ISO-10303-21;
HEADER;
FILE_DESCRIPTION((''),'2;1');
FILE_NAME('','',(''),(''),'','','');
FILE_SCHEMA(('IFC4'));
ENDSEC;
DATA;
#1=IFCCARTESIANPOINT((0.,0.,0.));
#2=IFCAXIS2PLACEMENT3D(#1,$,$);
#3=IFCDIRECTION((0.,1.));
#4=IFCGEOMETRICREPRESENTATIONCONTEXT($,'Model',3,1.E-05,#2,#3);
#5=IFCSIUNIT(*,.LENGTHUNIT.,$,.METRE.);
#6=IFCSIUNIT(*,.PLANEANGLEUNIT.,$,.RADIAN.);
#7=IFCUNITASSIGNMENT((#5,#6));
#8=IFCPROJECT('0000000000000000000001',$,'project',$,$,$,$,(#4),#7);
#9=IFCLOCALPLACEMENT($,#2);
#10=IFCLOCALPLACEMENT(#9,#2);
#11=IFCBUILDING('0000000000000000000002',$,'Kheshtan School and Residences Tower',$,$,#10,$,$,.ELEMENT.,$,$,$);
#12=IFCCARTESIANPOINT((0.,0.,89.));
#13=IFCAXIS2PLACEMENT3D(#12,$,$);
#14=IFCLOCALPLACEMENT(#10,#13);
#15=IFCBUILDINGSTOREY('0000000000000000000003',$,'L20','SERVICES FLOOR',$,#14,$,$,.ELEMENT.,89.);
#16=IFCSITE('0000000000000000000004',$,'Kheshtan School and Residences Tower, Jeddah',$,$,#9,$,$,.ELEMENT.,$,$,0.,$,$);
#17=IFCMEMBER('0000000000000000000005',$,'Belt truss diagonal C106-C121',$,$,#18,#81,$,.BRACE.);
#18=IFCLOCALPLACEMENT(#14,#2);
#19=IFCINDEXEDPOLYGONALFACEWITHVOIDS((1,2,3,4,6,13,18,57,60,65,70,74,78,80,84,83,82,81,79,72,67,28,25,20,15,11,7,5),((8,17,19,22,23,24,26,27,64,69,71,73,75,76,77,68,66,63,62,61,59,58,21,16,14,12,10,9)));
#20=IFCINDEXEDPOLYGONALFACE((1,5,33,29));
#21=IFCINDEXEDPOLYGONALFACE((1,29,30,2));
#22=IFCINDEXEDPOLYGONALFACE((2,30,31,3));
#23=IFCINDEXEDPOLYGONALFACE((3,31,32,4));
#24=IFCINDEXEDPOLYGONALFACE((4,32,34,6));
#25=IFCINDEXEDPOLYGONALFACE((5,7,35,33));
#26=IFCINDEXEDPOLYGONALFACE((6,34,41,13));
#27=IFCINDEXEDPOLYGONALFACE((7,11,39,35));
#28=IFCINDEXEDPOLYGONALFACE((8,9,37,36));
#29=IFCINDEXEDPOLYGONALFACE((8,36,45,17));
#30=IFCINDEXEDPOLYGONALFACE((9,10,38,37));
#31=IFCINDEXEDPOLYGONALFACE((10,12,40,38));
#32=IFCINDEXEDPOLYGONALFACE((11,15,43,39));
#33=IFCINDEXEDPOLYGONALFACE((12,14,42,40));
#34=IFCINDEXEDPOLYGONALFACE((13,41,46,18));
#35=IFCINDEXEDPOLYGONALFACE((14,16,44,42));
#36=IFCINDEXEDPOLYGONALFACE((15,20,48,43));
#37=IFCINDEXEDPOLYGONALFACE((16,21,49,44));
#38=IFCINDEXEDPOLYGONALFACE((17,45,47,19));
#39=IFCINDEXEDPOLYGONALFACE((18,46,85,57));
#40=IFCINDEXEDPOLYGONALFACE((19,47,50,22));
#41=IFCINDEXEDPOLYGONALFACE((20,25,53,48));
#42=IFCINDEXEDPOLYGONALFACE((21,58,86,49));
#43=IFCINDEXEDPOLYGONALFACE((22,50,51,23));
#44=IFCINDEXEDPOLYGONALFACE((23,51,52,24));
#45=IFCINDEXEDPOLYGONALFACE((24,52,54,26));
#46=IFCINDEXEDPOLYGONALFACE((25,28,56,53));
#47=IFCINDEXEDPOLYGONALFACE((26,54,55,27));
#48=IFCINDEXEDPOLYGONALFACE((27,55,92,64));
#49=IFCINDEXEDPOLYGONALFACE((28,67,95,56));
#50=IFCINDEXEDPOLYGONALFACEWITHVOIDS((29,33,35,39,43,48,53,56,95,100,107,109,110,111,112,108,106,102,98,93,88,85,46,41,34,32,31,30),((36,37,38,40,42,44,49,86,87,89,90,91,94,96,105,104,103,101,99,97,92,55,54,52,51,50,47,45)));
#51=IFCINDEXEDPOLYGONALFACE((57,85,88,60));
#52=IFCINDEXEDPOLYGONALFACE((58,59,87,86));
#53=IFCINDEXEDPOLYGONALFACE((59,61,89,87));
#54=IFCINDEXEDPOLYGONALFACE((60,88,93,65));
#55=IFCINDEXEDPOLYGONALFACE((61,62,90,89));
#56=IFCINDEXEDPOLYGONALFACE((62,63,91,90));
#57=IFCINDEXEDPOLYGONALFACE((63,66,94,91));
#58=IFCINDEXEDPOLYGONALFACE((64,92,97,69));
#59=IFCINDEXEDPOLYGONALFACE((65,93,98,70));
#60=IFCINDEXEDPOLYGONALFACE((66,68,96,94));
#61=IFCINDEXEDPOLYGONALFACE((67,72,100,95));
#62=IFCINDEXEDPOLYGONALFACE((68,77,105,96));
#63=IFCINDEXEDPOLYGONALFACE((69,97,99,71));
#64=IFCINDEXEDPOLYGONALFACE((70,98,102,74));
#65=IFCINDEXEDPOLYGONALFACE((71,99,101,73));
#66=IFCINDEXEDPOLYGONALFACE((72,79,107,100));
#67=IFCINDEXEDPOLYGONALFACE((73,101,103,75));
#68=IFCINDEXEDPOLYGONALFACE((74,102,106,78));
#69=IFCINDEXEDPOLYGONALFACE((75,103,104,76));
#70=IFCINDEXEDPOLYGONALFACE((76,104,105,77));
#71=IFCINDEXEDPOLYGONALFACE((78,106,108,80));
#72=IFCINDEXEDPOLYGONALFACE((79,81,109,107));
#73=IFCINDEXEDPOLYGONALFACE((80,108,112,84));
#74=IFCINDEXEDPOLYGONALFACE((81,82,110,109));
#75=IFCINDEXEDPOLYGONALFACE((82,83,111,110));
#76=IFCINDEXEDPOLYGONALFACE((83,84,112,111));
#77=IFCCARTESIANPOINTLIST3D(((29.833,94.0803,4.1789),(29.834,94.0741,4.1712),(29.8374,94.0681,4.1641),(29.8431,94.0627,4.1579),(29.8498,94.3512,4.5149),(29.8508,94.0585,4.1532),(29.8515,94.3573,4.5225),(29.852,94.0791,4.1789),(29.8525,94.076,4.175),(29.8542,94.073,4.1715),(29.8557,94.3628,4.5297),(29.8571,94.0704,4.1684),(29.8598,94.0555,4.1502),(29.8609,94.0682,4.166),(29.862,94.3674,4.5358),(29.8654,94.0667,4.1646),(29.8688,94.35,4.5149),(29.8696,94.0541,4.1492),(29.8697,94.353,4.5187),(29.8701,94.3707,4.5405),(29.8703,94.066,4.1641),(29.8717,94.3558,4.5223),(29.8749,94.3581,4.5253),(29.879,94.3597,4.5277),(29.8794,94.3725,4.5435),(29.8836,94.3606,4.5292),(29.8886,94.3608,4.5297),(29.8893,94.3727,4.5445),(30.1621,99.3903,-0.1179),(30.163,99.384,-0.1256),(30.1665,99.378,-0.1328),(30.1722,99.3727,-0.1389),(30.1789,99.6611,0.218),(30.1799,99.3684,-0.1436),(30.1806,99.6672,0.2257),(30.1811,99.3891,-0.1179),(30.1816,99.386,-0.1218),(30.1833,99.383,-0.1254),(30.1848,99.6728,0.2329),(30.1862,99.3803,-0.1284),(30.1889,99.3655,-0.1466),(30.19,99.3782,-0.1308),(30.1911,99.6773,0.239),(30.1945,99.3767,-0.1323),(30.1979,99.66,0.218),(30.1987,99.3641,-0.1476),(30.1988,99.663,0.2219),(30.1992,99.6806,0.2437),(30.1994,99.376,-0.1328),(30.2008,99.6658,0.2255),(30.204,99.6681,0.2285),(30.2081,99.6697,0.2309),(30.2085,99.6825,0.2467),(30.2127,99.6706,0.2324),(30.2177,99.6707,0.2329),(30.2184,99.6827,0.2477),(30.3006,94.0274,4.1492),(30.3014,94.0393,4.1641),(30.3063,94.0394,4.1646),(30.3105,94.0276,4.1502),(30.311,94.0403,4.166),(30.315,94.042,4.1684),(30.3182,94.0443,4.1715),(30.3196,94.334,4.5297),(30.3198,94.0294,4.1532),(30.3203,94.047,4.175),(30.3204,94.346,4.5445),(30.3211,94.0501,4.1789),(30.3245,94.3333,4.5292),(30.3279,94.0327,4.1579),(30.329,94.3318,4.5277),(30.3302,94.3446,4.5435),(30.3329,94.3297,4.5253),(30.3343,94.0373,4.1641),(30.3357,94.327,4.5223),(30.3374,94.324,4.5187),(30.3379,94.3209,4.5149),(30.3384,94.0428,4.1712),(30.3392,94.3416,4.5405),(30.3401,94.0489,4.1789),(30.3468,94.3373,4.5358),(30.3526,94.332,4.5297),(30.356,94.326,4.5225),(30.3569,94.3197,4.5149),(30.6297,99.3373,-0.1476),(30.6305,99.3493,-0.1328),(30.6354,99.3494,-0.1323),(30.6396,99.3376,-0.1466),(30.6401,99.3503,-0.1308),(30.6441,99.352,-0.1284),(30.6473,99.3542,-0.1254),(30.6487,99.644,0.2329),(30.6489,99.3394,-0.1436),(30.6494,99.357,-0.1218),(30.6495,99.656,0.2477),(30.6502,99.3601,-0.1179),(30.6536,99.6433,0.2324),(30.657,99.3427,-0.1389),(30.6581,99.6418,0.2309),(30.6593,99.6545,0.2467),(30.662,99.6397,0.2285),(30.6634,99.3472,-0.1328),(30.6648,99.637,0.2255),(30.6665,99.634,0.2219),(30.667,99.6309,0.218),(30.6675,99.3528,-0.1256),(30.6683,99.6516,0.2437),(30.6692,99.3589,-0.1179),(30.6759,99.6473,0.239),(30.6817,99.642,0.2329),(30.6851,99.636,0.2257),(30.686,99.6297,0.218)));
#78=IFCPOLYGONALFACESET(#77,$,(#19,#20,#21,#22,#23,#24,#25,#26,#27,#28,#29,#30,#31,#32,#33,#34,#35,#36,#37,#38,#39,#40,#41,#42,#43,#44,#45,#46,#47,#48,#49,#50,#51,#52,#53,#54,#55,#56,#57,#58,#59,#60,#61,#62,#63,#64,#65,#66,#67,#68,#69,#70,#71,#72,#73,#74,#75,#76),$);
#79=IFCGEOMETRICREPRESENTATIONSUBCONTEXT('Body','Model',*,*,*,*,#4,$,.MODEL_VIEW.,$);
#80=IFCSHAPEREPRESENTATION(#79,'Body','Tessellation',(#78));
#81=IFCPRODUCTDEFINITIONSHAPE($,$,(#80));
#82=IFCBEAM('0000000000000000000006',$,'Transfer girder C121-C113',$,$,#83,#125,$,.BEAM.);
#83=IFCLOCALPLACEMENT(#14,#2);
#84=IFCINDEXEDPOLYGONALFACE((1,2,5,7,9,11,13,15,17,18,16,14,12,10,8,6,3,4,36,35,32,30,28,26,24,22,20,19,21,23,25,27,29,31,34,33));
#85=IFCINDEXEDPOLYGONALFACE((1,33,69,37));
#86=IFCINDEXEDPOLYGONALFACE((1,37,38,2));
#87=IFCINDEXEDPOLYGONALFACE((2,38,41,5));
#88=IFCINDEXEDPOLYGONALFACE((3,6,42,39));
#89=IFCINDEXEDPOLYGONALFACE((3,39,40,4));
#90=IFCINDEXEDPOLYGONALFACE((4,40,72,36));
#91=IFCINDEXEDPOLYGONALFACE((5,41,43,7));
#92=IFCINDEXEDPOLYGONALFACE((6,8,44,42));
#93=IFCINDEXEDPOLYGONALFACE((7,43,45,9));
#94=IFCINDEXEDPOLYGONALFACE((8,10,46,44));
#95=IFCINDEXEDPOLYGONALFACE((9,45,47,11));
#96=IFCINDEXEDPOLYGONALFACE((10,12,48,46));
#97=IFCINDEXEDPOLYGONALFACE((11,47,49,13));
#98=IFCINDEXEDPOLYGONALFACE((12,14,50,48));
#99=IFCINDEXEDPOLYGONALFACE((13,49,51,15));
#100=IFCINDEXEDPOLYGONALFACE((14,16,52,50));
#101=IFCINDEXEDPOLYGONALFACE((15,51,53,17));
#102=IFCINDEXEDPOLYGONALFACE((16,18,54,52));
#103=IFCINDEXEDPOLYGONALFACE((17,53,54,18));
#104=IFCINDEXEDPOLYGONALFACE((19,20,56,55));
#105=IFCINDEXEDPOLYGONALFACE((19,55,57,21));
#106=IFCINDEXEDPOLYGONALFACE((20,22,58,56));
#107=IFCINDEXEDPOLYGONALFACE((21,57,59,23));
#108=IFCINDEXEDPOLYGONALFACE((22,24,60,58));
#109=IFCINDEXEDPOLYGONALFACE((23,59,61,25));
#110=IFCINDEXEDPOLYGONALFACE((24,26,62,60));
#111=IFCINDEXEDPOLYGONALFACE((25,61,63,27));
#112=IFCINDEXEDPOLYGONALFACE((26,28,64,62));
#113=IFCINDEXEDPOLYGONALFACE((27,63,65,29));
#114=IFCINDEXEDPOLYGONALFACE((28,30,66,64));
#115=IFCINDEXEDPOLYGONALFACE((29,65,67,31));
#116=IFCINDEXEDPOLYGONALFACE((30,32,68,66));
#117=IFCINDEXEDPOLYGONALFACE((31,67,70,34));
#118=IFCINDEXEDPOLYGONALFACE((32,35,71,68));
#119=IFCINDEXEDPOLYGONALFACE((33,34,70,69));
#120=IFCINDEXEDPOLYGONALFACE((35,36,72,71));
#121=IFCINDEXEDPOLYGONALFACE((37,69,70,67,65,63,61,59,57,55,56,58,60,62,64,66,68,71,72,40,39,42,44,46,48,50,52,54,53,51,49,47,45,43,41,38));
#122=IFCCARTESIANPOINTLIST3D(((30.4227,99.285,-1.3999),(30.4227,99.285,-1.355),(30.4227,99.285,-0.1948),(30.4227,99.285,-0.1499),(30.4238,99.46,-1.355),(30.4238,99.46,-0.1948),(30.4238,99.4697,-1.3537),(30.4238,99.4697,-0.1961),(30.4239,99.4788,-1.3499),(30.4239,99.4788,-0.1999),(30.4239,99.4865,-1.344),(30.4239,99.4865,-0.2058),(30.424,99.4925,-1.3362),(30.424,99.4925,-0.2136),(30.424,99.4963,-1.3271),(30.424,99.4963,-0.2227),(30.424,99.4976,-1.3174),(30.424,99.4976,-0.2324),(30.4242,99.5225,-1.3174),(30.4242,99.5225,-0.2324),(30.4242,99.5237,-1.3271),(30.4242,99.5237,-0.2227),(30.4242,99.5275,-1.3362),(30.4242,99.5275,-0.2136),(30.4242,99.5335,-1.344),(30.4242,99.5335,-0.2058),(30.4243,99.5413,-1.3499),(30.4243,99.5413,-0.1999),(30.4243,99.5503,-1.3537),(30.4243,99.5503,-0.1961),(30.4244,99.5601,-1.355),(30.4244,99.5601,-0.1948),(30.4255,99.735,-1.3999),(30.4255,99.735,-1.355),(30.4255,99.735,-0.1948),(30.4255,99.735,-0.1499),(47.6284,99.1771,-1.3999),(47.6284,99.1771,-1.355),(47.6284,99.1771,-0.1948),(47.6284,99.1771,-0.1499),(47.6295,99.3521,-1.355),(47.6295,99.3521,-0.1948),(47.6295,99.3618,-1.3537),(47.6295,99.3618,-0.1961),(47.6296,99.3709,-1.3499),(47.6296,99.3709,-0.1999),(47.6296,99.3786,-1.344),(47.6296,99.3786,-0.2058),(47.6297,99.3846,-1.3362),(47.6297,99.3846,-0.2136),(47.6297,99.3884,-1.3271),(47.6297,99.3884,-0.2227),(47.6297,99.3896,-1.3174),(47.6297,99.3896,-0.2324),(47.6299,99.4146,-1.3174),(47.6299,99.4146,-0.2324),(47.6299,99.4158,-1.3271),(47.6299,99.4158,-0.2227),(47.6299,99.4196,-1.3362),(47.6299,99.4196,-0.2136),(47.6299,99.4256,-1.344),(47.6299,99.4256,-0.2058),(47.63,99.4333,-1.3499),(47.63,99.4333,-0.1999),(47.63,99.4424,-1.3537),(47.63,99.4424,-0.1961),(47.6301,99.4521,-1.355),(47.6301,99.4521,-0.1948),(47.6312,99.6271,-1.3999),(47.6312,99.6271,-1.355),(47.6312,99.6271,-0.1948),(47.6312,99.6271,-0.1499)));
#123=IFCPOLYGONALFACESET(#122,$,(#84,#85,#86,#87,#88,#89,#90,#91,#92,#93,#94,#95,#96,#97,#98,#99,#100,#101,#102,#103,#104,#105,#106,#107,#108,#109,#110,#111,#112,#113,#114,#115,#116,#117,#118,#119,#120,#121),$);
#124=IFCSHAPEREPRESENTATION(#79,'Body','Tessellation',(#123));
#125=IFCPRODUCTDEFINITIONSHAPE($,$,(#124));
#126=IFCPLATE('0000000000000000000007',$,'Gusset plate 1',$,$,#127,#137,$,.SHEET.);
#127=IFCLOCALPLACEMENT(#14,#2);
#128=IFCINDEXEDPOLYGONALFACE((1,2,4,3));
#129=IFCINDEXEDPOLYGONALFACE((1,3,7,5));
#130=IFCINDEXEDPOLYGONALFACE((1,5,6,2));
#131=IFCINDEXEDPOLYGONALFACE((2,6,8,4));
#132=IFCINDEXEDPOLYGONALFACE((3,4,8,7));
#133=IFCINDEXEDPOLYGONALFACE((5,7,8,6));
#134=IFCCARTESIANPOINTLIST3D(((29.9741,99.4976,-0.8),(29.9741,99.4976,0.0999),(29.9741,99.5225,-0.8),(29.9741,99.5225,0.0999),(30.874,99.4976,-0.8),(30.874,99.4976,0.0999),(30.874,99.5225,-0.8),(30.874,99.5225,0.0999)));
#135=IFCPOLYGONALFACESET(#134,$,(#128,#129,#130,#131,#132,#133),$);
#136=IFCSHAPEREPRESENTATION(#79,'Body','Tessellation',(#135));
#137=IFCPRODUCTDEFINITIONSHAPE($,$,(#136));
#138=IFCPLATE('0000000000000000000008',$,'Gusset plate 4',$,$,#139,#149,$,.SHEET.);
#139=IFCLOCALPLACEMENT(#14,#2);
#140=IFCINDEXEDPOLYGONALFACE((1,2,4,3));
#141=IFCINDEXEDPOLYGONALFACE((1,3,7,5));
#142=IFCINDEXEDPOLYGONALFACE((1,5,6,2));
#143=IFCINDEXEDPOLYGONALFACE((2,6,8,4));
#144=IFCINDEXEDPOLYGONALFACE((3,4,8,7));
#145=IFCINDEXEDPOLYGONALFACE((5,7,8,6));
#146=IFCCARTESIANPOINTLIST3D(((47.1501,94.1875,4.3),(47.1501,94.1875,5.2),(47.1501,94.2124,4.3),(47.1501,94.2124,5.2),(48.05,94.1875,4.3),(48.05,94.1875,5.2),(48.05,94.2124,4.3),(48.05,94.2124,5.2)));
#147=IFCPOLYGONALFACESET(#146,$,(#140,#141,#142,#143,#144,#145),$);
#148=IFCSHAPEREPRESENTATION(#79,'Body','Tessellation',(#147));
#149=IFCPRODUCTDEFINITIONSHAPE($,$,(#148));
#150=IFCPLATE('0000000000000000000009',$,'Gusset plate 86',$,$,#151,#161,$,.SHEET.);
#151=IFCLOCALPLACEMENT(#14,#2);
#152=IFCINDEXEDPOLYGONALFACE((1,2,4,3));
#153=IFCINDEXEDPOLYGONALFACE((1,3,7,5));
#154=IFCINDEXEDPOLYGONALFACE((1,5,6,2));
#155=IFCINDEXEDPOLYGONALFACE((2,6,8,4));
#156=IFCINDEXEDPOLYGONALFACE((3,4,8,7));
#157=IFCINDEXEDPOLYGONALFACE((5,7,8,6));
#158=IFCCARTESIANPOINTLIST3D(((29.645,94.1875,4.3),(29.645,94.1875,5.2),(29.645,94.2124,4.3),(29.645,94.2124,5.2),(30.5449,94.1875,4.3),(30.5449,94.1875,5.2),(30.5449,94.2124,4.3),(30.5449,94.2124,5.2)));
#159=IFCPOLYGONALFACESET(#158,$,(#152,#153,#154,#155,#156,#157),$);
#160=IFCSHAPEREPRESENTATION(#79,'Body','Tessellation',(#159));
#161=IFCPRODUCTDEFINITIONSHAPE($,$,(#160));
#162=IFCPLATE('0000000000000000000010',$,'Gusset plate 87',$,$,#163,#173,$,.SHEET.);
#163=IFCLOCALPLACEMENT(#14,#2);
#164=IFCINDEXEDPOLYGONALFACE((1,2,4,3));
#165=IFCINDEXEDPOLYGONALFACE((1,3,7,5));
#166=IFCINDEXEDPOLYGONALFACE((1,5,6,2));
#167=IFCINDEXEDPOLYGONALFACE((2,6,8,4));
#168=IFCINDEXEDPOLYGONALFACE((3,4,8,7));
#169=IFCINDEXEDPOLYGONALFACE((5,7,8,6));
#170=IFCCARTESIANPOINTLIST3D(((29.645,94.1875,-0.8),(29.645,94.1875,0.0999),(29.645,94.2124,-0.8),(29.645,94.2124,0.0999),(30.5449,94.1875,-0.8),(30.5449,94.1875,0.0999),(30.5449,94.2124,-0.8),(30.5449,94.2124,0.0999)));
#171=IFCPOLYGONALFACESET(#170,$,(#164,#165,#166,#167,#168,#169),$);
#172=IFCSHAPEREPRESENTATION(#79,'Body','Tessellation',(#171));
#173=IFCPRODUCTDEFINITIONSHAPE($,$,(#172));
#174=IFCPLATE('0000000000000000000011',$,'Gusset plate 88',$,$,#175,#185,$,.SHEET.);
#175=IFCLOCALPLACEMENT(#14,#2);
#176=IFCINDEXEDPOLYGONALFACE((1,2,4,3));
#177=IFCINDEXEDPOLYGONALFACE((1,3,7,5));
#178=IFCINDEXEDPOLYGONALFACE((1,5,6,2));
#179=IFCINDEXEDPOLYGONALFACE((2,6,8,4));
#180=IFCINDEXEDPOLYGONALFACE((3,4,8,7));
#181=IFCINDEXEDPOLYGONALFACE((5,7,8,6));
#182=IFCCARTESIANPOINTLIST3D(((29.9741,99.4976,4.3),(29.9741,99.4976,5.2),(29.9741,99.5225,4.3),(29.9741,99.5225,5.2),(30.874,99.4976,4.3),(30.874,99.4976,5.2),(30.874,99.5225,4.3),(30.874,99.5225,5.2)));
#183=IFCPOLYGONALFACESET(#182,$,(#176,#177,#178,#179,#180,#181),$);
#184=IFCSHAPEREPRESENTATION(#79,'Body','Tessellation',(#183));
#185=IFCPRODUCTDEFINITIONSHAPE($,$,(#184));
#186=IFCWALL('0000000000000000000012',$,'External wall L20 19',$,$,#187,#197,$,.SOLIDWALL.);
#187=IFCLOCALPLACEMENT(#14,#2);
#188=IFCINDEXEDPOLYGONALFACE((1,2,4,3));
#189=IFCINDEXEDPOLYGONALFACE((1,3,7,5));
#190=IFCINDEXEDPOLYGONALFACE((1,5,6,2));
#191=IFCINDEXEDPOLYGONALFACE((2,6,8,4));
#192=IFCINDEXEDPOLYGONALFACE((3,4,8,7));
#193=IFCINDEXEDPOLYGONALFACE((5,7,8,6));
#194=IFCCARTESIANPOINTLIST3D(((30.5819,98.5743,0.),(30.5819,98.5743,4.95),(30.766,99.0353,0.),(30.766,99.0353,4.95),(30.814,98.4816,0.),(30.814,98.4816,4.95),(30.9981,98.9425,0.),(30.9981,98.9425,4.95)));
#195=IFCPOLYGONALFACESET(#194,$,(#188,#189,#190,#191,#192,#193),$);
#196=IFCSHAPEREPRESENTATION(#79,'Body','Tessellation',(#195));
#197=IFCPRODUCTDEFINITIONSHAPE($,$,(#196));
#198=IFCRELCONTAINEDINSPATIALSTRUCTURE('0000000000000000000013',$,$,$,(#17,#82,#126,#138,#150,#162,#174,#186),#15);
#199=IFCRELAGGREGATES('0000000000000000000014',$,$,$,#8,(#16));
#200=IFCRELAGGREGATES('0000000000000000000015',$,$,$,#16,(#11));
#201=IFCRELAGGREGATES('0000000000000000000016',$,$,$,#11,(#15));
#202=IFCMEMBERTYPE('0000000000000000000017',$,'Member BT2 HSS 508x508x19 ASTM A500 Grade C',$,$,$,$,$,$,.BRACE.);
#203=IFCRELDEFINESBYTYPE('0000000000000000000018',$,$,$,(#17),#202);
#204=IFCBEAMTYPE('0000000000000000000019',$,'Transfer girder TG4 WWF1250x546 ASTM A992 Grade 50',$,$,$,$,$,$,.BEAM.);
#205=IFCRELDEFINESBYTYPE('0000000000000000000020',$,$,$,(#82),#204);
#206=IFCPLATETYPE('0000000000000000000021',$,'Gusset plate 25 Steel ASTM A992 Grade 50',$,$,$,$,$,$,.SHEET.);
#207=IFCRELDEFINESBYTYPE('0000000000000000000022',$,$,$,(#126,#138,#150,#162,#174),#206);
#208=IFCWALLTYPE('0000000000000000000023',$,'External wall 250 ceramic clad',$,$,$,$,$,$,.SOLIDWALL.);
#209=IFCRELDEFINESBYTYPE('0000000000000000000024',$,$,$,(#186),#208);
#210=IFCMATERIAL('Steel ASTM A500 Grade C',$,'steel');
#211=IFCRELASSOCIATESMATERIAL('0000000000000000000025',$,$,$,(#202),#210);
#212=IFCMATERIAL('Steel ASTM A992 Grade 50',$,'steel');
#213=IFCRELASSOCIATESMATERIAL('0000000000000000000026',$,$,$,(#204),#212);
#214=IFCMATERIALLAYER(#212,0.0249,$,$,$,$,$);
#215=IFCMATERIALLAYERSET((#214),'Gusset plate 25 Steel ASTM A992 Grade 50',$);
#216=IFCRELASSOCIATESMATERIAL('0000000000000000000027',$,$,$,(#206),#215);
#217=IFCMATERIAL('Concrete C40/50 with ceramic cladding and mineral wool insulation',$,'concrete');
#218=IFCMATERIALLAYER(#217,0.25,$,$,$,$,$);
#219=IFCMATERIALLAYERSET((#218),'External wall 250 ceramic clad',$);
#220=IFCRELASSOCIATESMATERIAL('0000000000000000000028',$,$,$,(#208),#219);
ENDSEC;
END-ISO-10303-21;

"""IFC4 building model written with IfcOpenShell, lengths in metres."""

from ifc_helpers import new_model, si_unit, direction, frame, frame_2d, origin, origin_2d, place, context, subcontext, project, spatial, rectangle, hollow_rectangle, i_section, extrude, material, layer, layer_set, material_profile, profile_set, type_object, element, save


model = new_model("IFC4")

# Units and contexts
model_context = context("Model", 3, precision=1e-05, world=origin(), true_north=direction((0.0, 1.0)))
body_context = subcontext(model_context, "Body", "Model", "MODEL_VIEW")
ifc_project = project(units=[si_unit("LENGTHUNIT", "METRE"), si_unit("PLANEANGLEUNIT", "RADIAN")], contexts=[model_context])

# Site, building, storey
site_placement = place(None, origin())
site = spatial("IfcSite", under=ifc_project, at=site_placement, Name="Kheshtan School and Residences Tower, Jeddah", CompositionType="ELEMENT", RefElevation=0.0)
building_placement = place(site_placement, origin())
building = spatial("IfcBuilding", under=site, at=building_placement, Name="Kheshtan School and Residences Tower", CompositionType="ELEMENT")
storey_placement = place(building_placement, frame((0.0, 0.0, 89.0)))
storey = spatial("IfcBuildingStorey", under=building, at=storey_placement, Name="L20", Description="SERVICES FLOOR", CompositionType="ELEMENT", Elevation=89.0)

# Shared definitions
ifc_material_1 = material(Name="Steel ASTM A992 Grade 50", Category="steel")

# Member
ifc_material_2 = material(Name="Steel ASTM A500 Grade C", Category="steel")
ifc_material_profile_1 = material_profile(ifc_material_2, hollow_rectangle(XDim=0.5081, YDim=0.5081, WallThickness=0.019, InnerFilletRadius=0.019, OuterFilletRadius=0.0381, at=origin_2d()), Name="HSS 508x508x19")
ifc_profile_set_1 = profile_set([ifc_material_profile_1], Name="Steel ASTM A500 Grade C")
member_type = type_object("IfcMemberType", Name="Member BT2 HSS 508x508x19 ASTM A500 Grade C", PredefinedType="BRACE", material=ifc_profile_set_1)
member_1_placement = place(storey_placement, frame((30.4241, 99.51, 0.05), z_axis=(-0.048123, -0.776469, 0.628315), x_axis=(0.998085, -0.061858, 0.0)))
element("IfcMember", 1, at=member_1_placement, inside=storey, type_object=member_type, Name="Belt truss diagonal C106-C121", PredefinedType="BRACE", context=body_context, shape_type="SweptSolid", body=[
    extrude(hollow_rectangle(XDim=0.5081, YDim=0.5081, WallThickness=0.019, InnerFilletRadius=0.019, OuterFilletRadius=0.0381, at=origin_2d()), origin(), (0.0, 0.0, 1.0), 6.8386),
])

# Beam
ifc_material_profile_2 = material_profile(ifc_material_1, i_section(OverallWidth=0.45, OverallDepth=1.25, WebThickness=0.0249, FlangeThickness=0.0449, FilletRadius=0.0376, at=origin_2d()), Name="WWF1250x546")
ifc_profile_set_2 = profile_set([ifc_material_profile_2], Name="Steel ASTM A992 Grade 50")
beam_type_1 = type_object("IfcBeamType", Name="Transfer girder TG4 WWF1250x546 ASTM A992 Grade 50", PredefinedType="BEAM", material=ifc_profile_set_2)
beam_1_placement = place(storey_placement, frame((30.4241, 99.51, -0.7749), z_axis=(0.99998, -0.006272, 0.0), x_axis=(0.006272, 0.99998, 0.0)))
element("IfcBeam", 2, at=beam_1_placement, inside=storey, type_object=beam_type_1, Name="Transfer girder C121-C113", PredefinedType="BEAM", context=body_context, shape_type="SweptSolid", body=[
    extrude(i_section(OverallWidth=0.45, OverallDepth=1.25, WebThickness=0.0249, FlangeThickness=0.0449, FilletRadius=0.0376, at=origin_2d()), origin(), (0.0, 0.0, 1.0), 17.2061),
])

# Plates
ifc_layer_1 = layer(ifc_material_1, 0.0249)
ifc_layer_set_1 = layer_set([ifc_layer_1], Name="Gusset plate 25 Steel ASTM A992 Grade 50")
plate_type = type_object("IfcPlateType", Name="Gusset plate 25 Steel ASTM A992 Grade 50", PredefinedType="SHEET", material=ifc_layer_set_1)
for number, where, z_axis, x_axis, name in (
    (3, (30.4241, 99.51, -0.8), (0.0, 0.0, 1.0), (1.0, 0.0, 0.0), "Gusset plate 1"),
    (4, (47.6001, 94.2, 4.3), (0.0, 0.0, 1.0), (1.0, 0.0, 0.0), "Gusset plate 4"),
    (5, (30.095, 94.2, 4.3), (0.0, 0.0, 1.0), (1.0, 0.0, 0.0), "Gusset plate 86"),
    (6, (30.095, 94.2, -0.8), (0.0, 0.0, 1.0), (1.0, 0.0, 0.0), "Gusset plate 87"),
    (7, (30.4241, 99.51, 4.3), (0.0, 0.0, 1.0), (1.0, 0.0, 0.0), "Gusset plate 88"),
):
    element("IfcPlate", number, at=place(storey_placement, frame(where, z_axis=z_axis, x_axis=x_axis)), inside=storey, type_object=plate_type, Name=name, PredefinedType="SHEET", context=body_context, shape_type="SweptSolid", body=[
        extrude(rectangle(XDim=0.8999, YDim=0.0249, at=origin_2d()), origin(), (0.0, 0.0, 1.0), 0.8999),
    ])

# Wall
ifc_material_3 = material(Name="Concrete C40/50 with ceramic cladding and mineral wool insulation", Category="concrete")
ifc_layer_2 = layer(ifc_material_3, 0.25)
ifc_layer_set_2 = layer_set([ifc_layer_2], Name="External wall 250 ceramic clad")
wall_type_1 = type_object("IfcWallType", Name="External wall 250 ceramic clad", PredefinedType="SOLIDWALL", material=ifc_layer_set_2)
wall_1_placement = place(storey_placement, frame((30.698, 98.5281, 0.0), z_axis=(0.0, 0.0, 1.0), x_axis=(0.370882, 0.92868, 0.0)))
element("IfcWall", 8, at=wall_1_placement, inside=storey, type_object=wall_type_1, Name="External wall L20 19", PredefinedType="SOLIDWALL", context=body_context, shape_type="SweptSolid", body=[
    extrude(rectangle(XDim=0.4963, YDim=0.25, at=frame_2d((0.248, 0.0))), origin(), (0.0, 0.0, 1.0), 4.95),
])

save(model, "model.ifc")
